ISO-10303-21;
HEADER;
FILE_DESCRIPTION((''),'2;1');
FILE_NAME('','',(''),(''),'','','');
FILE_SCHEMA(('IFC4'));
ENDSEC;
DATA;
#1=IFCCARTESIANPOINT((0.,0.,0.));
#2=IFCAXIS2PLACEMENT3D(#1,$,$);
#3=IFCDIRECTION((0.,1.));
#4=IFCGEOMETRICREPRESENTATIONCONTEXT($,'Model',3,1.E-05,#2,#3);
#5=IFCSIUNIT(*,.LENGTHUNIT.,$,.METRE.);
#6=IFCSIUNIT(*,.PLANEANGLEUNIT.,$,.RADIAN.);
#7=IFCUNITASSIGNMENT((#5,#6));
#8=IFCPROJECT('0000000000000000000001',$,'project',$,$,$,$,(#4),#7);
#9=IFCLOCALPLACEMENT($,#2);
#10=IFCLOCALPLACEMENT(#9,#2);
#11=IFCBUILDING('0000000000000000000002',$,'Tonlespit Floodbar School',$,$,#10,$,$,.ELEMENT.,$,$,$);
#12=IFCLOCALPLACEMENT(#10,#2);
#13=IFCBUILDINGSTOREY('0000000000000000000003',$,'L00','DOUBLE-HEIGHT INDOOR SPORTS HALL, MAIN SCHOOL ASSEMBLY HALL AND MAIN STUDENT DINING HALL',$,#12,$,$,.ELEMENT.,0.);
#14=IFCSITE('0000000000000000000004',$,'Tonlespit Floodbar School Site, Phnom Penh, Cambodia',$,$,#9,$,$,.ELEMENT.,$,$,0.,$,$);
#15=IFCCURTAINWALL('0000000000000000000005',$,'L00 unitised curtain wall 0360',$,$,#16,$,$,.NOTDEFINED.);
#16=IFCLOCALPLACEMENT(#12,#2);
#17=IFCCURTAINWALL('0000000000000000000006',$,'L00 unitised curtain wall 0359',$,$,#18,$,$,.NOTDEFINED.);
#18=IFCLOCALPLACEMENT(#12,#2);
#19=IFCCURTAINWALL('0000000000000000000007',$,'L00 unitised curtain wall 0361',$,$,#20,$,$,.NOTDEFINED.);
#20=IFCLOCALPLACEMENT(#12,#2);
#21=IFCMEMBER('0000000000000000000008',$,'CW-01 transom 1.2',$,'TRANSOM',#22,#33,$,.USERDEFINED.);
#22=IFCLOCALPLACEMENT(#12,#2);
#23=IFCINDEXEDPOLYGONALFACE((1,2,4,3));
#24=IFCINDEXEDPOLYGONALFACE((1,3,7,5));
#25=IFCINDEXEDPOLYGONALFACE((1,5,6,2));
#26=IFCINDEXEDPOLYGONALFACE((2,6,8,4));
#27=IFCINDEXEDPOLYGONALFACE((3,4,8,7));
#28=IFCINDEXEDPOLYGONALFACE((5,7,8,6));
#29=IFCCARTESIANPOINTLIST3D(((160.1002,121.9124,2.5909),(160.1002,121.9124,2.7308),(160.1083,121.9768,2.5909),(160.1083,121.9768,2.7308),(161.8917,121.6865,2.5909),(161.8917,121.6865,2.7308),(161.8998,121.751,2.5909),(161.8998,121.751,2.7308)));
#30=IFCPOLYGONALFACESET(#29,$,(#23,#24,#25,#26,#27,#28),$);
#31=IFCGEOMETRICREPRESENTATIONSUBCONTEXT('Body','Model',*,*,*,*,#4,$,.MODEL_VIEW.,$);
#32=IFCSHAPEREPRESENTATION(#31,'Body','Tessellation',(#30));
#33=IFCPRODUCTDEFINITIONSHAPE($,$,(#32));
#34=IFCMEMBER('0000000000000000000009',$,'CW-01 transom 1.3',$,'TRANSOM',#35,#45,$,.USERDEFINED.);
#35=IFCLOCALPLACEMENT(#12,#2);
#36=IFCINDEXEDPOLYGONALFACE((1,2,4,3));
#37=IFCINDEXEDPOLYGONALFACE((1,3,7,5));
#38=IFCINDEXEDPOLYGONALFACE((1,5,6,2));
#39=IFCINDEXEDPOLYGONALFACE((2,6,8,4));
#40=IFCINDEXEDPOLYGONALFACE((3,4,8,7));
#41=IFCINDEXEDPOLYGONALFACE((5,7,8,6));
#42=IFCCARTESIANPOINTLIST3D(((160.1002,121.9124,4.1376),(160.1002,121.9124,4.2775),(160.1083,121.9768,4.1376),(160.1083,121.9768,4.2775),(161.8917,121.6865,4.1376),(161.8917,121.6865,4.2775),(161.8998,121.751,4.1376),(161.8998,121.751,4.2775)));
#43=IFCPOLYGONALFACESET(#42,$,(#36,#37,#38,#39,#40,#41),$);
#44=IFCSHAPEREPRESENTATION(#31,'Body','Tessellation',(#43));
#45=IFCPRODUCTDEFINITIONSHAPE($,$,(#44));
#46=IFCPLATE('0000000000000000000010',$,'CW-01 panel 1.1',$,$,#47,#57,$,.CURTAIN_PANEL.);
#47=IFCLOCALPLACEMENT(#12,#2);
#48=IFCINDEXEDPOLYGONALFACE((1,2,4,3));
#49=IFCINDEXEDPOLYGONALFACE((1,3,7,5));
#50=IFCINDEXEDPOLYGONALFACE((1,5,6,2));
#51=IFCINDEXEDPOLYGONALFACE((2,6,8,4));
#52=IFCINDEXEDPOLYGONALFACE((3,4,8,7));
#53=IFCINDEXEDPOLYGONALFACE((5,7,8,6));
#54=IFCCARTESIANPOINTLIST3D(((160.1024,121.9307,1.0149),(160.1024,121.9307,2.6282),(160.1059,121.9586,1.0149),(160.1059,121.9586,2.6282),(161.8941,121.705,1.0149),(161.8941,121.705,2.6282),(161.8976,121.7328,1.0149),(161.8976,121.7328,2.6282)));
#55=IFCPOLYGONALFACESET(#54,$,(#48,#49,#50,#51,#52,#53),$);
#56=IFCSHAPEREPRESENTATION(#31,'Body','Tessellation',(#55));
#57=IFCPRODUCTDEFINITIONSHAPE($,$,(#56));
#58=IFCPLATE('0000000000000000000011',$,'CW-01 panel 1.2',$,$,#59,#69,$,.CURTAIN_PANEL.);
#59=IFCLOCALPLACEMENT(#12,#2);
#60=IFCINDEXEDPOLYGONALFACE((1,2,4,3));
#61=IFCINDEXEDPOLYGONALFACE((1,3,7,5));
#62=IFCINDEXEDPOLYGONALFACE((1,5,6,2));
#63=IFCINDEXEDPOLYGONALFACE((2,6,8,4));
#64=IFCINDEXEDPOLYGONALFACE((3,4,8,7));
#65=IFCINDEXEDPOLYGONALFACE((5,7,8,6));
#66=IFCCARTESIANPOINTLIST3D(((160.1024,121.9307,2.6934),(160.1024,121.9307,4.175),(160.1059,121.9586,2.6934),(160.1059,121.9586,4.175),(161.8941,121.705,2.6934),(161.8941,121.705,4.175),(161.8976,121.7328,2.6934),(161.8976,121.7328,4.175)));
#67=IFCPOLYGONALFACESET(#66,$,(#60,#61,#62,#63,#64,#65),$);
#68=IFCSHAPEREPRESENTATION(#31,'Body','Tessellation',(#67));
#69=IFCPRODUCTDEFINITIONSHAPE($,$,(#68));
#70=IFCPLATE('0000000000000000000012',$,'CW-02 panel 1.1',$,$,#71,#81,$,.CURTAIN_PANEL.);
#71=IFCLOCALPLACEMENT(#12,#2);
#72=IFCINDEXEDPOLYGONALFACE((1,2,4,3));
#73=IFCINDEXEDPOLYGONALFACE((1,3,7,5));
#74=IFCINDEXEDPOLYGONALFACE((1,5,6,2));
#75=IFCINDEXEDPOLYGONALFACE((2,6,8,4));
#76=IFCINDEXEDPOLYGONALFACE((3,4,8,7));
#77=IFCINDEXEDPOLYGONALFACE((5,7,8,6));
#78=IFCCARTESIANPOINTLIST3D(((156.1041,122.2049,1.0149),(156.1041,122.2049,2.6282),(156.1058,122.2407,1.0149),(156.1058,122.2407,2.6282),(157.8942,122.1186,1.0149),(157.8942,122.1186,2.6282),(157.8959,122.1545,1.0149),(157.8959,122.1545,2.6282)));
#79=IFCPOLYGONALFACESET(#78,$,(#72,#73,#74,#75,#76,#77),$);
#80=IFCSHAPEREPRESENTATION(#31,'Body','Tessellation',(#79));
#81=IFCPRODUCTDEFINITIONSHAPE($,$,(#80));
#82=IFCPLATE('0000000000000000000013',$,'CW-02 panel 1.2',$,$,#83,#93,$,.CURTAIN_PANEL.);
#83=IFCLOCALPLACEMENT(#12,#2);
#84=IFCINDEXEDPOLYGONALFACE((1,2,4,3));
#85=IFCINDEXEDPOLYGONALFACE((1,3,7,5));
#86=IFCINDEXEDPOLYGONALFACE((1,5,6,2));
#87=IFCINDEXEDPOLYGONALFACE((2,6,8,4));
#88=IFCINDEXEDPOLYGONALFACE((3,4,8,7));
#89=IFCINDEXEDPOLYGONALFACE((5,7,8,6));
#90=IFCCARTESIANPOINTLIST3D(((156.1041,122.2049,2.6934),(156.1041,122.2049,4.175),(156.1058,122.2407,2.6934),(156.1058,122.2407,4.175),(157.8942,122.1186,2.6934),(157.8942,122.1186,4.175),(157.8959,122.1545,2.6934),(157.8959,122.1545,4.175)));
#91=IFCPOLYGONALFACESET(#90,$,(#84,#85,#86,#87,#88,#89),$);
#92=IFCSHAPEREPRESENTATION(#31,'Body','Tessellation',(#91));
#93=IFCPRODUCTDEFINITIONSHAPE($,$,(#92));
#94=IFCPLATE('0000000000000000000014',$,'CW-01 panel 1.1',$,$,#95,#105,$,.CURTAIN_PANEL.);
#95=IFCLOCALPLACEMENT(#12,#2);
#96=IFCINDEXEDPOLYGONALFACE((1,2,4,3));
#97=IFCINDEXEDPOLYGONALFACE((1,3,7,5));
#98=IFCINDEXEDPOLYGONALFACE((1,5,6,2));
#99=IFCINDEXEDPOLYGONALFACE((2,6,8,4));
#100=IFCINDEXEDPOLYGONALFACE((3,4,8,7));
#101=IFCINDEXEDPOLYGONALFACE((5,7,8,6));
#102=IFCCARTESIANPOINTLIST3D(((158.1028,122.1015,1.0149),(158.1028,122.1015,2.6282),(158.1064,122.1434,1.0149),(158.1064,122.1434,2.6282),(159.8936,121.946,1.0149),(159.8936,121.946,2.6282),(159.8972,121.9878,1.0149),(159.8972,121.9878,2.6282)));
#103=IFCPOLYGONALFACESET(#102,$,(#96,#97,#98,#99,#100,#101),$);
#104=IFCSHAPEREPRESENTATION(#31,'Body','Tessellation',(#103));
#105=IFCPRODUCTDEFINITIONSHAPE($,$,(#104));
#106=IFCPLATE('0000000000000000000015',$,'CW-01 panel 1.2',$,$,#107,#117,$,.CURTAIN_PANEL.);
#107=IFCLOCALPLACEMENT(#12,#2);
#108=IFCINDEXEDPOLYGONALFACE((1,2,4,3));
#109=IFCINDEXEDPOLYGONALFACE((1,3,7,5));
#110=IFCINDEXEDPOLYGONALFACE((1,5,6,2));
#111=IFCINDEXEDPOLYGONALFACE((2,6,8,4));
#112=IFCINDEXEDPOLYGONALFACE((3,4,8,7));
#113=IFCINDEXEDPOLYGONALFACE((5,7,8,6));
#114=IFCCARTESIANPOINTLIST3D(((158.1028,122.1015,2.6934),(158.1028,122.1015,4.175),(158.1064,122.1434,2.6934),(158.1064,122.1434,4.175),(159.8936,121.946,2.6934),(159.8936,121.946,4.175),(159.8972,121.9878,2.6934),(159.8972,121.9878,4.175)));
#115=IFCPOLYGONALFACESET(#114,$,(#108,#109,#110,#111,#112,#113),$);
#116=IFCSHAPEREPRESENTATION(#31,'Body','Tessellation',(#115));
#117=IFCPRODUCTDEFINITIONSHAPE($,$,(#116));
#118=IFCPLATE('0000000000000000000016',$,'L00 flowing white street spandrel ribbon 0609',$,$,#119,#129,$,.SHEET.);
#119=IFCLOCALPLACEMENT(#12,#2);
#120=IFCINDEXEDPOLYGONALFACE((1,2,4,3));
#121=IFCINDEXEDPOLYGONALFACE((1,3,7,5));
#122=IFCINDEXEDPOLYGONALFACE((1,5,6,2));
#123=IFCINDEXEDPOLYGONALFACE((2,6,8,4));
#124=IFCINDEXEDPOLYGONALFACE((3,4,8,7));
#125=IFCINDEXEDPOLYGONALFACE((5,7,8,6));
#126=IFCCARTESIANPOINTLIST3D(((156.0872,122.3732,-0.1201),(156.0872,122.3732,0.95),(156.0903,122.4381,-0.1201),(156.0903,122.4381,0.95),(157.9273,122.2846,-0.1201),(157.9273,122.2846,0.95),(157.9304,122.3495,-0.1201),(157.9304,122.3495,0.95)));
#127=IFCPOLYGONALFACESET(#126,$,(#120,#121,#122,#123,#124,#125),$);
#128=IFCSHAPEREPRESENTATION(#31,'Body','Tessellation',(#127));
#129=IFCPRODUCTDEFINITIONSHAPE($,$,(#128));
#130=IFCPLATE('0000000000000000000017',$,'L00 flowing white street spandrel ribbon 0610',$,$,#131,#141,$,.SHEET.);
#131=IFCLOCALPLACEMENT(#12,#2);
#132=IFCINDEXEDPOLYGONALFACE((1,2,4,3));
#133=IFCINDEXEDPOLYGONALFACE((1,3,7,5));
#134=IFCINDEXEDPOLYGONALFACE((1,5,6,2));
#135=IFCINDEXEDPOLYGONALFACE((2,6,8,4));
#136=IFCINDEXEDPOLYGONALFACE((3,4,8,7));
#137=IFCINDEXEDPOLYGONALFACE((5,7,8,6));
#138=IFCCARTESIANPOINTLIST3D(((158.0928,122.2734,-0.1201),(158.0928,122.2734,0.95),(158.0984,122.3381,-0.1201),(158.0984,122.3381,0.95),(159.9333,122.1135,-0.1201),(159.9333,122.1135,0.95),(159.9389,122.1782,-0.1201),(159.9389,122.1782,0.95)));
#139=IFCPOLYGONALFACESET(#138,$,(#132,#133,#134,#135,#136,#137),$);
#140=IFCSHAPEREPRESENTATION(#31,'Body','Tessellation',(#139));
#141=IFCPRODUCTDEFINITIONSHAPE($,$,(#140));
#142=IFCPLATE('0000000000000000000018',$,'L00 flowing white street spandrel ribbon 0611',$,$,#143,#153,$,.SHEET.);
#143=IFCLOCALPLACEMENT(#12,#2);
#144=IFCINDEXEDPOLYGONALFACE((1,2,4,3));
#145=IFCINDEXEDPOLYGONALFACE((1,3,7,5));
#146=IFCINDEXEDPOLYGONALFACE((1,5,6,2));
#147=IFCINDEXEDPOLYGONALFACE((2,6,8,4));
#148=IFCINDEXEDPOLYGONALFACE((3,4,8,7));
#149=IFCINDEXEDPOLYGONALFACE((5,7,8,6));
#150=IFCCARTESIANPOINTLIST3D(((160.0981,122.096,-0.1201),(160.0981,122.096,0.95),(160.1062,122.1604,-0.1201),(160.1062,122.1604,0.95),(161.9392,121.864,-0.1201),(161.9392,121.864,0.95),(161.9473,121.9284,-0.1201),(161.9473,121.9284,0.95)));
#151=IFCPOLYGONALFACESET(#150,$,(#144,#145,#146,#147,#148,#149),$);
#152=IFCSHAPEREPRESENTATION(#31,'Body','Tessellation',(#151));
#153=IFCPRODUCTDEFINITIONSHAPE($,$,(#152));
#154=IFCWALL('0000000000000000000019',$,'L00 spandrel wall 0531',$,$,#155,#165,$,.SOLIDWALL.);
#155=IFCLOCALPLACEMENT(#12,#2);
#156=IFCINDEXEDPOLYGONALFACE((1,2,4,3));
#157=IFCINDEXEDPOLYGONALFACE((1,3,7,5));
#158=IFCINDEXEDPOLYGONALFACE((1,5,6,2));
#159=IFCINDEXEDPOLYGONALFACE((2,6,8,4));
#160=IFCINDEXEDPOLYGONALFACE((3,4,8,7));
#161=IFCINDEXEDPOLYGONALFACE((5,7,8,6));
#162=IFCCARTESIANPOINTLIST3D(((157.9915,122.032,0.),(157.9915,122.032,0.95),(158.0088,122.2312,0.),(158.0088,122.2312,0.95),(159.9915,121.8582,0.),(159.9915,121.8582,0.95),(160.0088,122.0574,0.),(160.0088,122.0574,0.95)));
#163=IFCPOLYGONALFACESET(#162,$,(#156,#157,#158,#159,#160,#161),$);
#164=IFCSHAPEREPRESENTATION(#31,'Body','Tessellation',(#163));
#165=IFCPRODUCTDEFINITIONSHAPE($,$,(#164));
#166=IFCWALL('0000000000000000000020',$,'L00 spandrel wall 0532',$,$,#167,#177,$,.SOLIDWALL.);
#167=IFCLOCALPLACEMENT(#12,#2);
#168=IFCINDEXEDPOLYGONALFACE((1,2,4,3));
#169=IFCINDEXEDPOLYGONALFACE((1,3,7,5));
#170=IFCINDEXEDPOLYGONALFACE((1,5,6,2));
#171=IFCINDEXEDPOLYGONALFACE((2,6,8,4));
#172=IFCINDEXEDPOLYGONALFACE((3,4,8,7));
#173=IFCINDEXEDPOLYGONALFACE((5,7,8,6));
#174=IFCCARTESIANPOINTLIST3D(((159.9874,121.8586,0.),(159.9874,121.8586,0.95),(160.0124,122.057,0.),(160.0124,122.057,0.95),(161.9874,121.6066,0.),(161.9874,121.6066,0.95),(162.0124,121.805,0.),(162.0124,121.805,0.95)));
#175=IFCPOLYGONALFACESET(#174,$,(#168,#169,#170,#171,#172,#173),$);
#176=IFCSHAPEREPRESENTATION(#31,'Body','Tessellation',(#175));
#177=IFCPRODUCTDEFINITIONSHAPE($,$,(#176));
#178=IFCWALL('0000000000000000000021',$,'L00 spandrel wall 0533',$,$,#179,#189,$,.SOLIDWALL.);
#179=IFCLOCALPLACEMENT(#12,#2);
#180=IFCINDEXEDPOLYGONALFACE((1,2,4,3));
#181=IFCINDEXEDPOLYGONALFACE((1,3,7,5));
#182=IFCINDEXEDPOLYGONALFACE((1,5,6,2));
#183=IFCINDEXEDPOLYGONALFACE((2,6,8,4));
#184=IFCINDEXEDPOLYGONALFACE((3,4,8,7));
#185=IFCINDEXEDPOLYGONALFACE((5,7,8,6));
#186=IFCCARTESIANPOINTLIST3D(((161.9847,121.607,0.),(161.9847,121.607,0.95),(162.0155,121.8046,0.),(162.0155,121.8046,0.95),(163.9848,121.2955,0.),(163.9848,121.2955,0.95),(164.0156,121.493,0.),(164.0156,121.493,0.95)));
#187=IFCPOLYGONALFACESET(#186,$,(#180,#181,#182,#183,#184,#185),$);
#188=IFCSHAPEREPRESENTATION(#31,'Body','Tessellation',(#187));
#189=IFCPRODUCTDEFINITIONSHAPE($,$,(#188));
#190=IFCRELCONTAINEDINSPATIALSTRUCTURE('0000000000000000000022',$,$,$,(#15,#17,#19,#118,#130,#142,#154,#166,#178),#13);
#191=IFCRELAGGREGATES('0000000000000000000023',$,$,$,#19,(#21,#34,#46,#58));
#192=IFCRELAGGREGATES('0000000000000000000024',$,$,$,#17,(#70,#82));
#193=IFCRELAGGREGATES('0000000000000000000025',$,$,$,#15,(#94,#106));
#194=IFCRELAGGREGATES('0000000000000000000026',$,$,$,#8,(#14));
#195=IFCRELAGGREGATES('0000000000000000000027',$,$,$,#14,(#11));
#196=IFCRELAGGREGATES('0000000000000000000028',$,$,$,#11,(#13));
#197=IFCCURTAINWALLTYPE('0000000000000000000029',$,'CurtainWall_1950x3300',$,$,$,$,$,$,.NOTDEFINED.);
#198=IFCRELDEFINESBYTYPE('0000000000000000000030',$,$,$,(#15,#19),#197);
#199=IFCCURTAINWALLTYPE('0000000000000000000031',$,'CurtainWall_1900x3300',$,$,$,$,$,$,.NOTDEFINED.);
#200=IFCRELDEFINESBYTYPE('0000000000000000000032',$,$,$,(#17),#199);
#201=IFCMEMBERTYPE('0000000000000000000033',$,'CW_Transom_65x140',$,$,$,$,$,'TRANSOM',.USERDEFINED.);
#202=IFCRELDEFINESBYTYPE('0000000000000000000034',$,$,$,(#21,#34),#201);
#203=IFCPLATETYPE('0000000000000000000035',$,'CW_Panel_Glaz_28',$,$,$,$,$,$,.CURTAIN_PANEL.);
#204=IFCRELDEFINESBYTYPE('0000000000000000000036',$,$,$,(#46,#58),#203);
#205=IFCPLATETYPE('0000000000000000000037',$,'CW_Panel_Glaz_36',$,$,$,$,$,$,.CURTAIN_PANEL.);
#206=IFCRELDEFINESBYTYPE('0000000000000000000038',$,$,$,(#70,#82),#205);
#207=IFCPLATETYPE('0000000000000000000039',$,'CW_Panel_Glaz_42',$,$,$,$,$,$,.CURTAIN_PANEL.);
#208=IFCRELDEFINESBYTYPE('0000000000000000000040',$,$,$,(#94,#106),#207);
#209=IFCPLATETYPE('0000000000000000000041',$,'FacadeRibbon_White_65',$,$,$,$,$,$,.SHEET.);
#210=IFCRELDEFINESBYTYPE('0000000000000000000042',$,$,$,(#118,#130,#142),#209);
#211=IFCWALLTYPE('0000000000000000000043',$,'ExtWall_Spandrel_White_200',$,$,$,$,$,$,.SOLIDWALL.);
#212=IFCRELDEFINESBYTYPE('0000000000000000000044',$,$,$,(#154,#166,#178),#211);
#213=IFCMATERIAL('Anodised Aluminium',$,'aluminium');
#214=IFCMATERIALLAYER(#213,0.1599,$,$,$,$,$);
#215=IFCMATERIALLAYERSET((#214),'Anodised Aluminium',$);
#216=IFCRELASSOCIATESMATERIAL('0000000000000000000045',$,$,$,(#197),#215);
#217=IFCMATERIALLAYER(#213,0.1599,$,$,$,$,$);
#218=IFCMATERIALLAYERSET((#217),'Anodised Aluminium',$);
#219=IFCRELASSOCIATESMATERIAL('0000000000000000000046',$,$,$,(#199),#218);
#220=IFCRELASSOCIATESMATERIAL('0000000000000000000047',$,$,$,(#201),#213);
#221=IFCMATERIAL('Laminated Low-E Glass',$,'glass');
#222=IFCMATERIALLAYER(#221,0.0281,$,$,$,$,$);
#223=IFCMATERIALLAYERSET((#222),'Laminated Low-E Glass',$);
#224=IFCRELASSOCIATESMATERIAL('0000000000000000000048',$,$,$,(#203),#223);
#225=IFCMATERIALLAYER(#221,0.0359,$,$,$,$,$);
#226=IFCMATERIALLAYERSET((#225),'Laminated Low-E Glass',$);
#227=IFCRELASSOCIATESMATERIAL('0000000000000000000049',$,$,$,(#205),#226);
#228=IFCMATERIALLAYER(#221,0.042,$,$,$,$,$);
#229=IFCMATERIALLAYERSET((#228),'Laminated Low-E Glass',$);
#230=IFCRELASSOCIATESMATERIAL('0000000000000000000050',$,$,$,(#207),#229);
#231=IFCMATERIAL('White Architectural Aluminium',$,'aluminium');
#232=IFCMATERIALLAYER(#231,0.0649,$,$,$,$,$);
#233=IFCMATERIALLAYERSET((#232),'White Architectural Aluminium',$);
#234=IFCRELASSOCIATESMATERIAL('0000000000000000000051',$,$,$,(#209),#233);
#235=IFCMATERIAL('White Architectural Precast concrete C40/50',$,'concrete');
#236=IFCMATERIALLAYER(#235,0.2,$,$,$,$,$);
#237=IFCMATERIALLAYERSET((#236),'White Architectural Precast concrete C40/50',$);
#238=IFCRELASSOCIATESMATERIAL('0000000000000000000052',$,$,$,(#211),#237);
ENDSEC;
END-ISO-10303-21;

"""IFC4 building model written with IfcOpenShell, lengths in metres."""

from ifc_helpers import new_model, si_unit, direction, frame, frame_2d, origin, origin_2d, place, context, subcontext, project, spatial, rectangle, extrude, material, layer, layer_set, material_profile, profile_set, type_object, element, aggregate, save


model = new_model("IFC4")

# Units and contexts
model_context = context("Model", 3, precision=1e-05, world=origin(), true_north=direction((0.0, 1.0)))
body_context = subcontext(model_context, "Body", "Model", "MODEL_VIEW")
ifc_project = project(units=[si_unit("LENGTHUNIT", "METRE"), si_unit("PLANEANGLEUNIT", "RADIAN")], contexts=[model_context])

# Site, building, storey
site_placement = place(None, origin())
site = spatial("IfcSite", under=ifc_project, at=site_placement, Name="Tonlespit Floodbar School Site, Phnom Penh, Cambodia", CompositionType="ELEMENT", RefElevation=0.0)
building_placement = place(site_placement, origin())
building = spatial("IfcBuilding", under=site, at=building_placement, Name="Tonlespit Floodbar School", CompositionType="ELEMENT")
storey_placement = place(building_placement, origin())
storey = spatial("IfcBuildingStorey", under=building, at=storey_placement, Name="L00", Description="DOUBLE-HEIGHT INDOOR SPORTS HALL, MAIN SCHOOL ASSEMBLY HALL AND MAIN STUDENT DINING HALL", CompositionType="ELEMENT", Elevation=0.0)

# Curtain wall
ifc_material_1 = material(Name="Anodised Aluminium", Category="aluminium")
ifc_layer_1 = layer(ifc_material_1, 0.1599)
ifc_layer_set_1 = layer_set([ifc_layer_1], Name="Anodised Aluminium")
curtain_wall_type_1 = type_object("IfcCurtainWallType", Name="CurtainWall_1950x3300", PredefinedType="NOTDEFINED", material=ifc_layer_set_1)
curtain_wall_1_placement = place(storey_placement, origin())
curtain_wall_1 = element("IfcCurtainWall", 1, at=curtain_wall_1_placement, inside=storey, type_object=curtain_wall_type_1, Name="L00 unitised curtain wall 0360", PredefinedType="NOTDEFINED")

# Curtain wall
ifc_layer_2 = layer(ifc_material_1, 0.1599)
ifc_layer_set_2 = layer_set([ifc_layer_2], Name="Anodised Aluminium")
curtain_wall_type_2 = type_object("IfcCurtainWallType", Name="CurtainWall_1900x3300", PredefinedType="NOTDEFINED", material=ifc_layer_set_2)
curtain_wall_2_placement = place(storey_placement, origin())
curtain_wall_2 = element("IfcCurtainWall", 2, at=curtain_wall_2_placement, inside=storey, type_object=curtain_wall_type_2, Name="L00 unitised curtain wall 0359", PredefinedType="NOTDEFINED")

# Curtain wall
curtain_wall_3_placement = place(storey_placement, origin())
curtain_wall_3 = element("IfcCurtainWall", 3, at=curtain_wall_3_placement, inside=storey, type_object=curtain_wall_type_1, Name="L00 unitised curtain wall 0361", PredefinedType="NOTDEFINED")

# Members
ifc_material_profile_1 = material_profile(ifc_material_1, rectangle(XDim=0.0649, YDim=0.1399, at=origin_2d()), Name="ALU T65x140")
ifc_profile_set_1 = profile_set([ifc_material_profile_1], Name="Anodised Aluminium")
member_type_1 = type_object("IfcMemberType", Name="CW_Transom_65x140", ElementType="TRANSOM", PredefinedType="USERDEFINED", material=ifc_profile_set_1)
member_1_placement = place(storey_placement, frame((160.1042, 121.9446, 2.6609), z_axis=(0.992148, -0.125066, 0.0), x_axis=(0.125066, 0.992148, 0.0)))
member_1 = element("IfcMember", 4, at=member_1_placement, type_object=member_type_1, Name="CW-01 transom 1.2", ObjectType="TRANSOM", PredefinedType="USERDEFINED", context=body_context, shape_type="SweptSolid", body=[
    extrude(rectangle(XDim=0.0649, YDim=0.1399, at=origin_2d()), origin(), (0.0, 0.0, 1.0), 1.8057),
])
member_2_placement = place(storey_placement, frame((160.1042, 121.9446, 4.2075), z_axis=(0.992148, -0.125066, 0.0), x_axis=(0.125066, 0.992148, 0.0)))
member_2 = element("IfcMember", 5, at=member_2_placement, type_object=member_type_1, Name="CW-01 transom 1.3", ObjectType="TRANSOM", PredefinedType="USERDEFINED", context=body_context, shape_type="SweptSolid", body=[
    extrude(rectangle(XDim=0.0649, YDim=0.1399, at=origin_2d()), origin(), (0.0, 0.0, 1.0), 1.8057),
])

# Plates
ifc_material_2 = material(Name="Laminated Low-E Glass", Category="glass")
ifc_layer_3 = layer(ifc_material_2, 0.0281)
ifc_layer_set_3 = layer_set([ifc_layer_3], Name="Laminated Low-E Glass")
plate_type_1 = type_object("IfcPlateType", Name="CW_Panel_Glaz_28", PredefinedType="CURTAIN_PANEL", material=ifc_layer_set_3)
plate_1_placement = place(storey_placement, frame((161.0, 121.8318, 1.0149), z_axis=(0.0, 0.0, 1.0), x_axis=(0.992155, -0.125014, 0.0)))
plate_1 = element("IfcPlate", 6, at=plate_1_placement, type_object=plate_type_1, Name="CW-01 panel 1.1", PredefinedType="CURTAIN_PANEL", context=body_context, shape_type="SweptSolid", body=[
    extrude(rectangle(XDim=1.8059, YDim=0.0281, at=origin_2d()), origin(), (0.0, 0.0, 1.0), 1.6133),
])
plate_2_placement = place(storey_placement, frame((161.0, 121.8318, 2.6934), z_axis=(0.0, 0.0, 1.0), x_axis=(0.992155, -0.125014, 0.0)))
plate_2 = element("IfcPlate", 7, at=plate_2_placement, type_object=plate_type_1, Name="CW-01 panel 1.2", PredefinedType="CURTAIN_PANEL", context=body_context, shape_type="SweptSolid", body=[
    extrude(rectangle(XDim=1.8059, YDim=0.0281, at=origin_2d()), origin(), (0.0, 0.0, 1.0), 1.4817),
])
aggregate(curtain_wall_3, [member_1, member_2, plate_1, plate_2])
ifc_layer_4 = layer(ifc_material_2, 0.0359)
ifc_layer_set_4 = layer_set([ifc_layer_4], Name="Laminated Low-E Glass")
plate_type_2 = type_object("IfcPlateType", Name="CW_Panel_Glaz_36", PredefinedType="CURTAIN_PANEL", material=ifc_layer_set_4)
plate_3_placement = place(storey_placement, frame((157.0, 122.1797, 1.0149), z_axis=(0.0, 0.0, 1.0), x_axis=(0.998842, -0.048121, 0.0)))
plate_3 = element("IfcPlate", 8, at=plate_3_placement, type_object=plate_type_2, Name="CW-02 panel 1.1", PredefinedType="CURTAIN_PANEL", context=body_context, shape_type="SweptSolid", body=[
    extrude(rectangle(XDim=1.7922, YDim=0.0359, at=origin_2d()), origin(), (0.0, 0.0, 1.0), 1.6133),
])
plate_4_placement = place(storey_placement, frame((157.0, 122.1797, 2.6934), z_axis=(0.0, 0.0, 1.0), x_axis=(0.998842, -0.048121, 0.0)))
plate_4 = element("IfcPlate", 9, at=plate_4_placement, type_object=plate_type_2, Name="CW-02 panel 1.2", PredefinedType="CURTAIN_PANEL", context=body_context, shape_type="SweptSolid", body=[
    extrude(rectangle(XDim=1.7922, YDim=0.0359, at=origin_2d()), origin(), (0.0, 0.0, 1.0), 1.4817),
])
aggregate(curtain_wall_2, [plate_3, plate_4])
ifc_layer_5 = layer(ifc_material_2, 0.042)
ifc_layer_set_5 = layer_set([ifc_layer_5], Name="Laminated Low-E Glass")
plate_type_3 = type_object("IfcPlateType", Name="CW_Panel_Glaz_42", PredefinedType="CURTAIN_PANEL", material=ifc_layer_set_5)
plate_5_placement = place(storey_placement, frame((159.0, 122.0447, 1.0149), z_axis=(0.0, 0.0, 1.0), x_axis=(0.996249, -0.086531, 0.0)))
plate_5 = element("IfcPlate", 10, at=plate_5_placement, type_object=plate_type_3, Name="CW-01 panel 1.1", PredefinedType="CURTAIN_PANEL", context=body_context, shape_type="SweptSolid", body=[
    extrude(rectangle(XDim=1.7976, YDim=0.042, at=origin_2d()), origin(), (0.0, 0.0, 1.0), 1.6133),
])
plate_6_placement = place(storey_placement, frame((159.0, 122.0447, 2.6934), z_axis=(0.0, 0.0, 1.0), x_axis=(0.996249, -0.086531, 0.0)))
plate_6 = element("IfcPlate", 11, at=plate_6_placement, type_object=plate_type_3, Name="CW-01 panel 1.2", PredefinedType="CURTAIN_PANEL", context=body_context, shape_type="SweptSolid", body=[
    extrude(rectangle(XDim=1.7976, YDim=0.042, at=origin_2d()), origin(), (0.0, 0.0, 1.0), 1.4817),
])
aggregate(curtain_wall_1, [plate_5, plate_6])

# Plates
ifc_material_3 = material(Name="White Architectural Aluminium", Category="aluminium")
ifc_layer_6 = layer(ifc_material_3, 0.0649)
ifc_layer_set_6 = layer_set([ifc_layer_6], Name="White Architectural Aluminium")
plate_type_4 = type_object("IfcPlateType", Name="FacadeRibbon_White_65", PredefinedType="SHEET", material=ifc_layer_set_6)
plate_7_placement = place(storey_placement, frame((157.0088, 122.3613, -0.1201), z_axis=(0.0, 0.0, 1.0), x_axis=(0.998843, -0.048095, 0.0)))
element("IfcPlate", 12, at=plate_7_placement, inside=storey, type_object=plate_type_4, Name="L00 flowing white street spandrel ribbon 0609", PredefinedType="SHEET", context=body_context, shape_type="SweptSolid", body=[
    extrude(rectangle(XDim=1.8423, YDim=0.0649, at=origin_2d()), origin(), (0.0, 0.0, 1.0), 1.0701),
])
plate_8_placement = place(storey_placement, frame((159.0159, 122.2258, -0.1201), z_axis=(0.0, 0.0, 1.0), x_axis=(0.996245, -0.086573, 0.0)))
element("IfcPlate", 13, at=plate_8_placement, inside=storey, type_object=plate_type_4, Name="L00 flowing white street spandrel ribbon 0610", PredefinedType="SHEET", context=body_context, shape_type="SweptSolid", body=[
    extrude(rectangle(XDim=1.8474, YDim=0.0649, at=origin_2d()), origin(), (0.0, 0.0, 1.0), 1.0701),
])
plate_9_placement = place(storey_placement, frame((161.0227, 122.0122, -0.1201), z_axis=(0.0, 0.0, 1.0), x_axis=(0.992155, -0.125011, 0.0)))
element("IfcPlate", 14, at=plate_9_placement, inside=storey, type_object=plate_type_4, Name="L00 flowing white street spandrel ribbon 0611", PredefinedType="SHEET", context=body_context, shape_type="SweptSolid", body=[
    extrude(rectangle(XDim=1.8557, YDim=0.0649, at=origin_2d()), origin(), (0.0, 0.0, 1.0), 1.0701),
])

# Walls
ifc_material_4 = material(Name="White Architectural Precast concrete C40/50", Category="concrete")
ifc_layer_7 = layer(ifc_material_4, 0.2)
ifc_layer_set_7 = layer_set([ifc_layer_7], Name="White Architectural Precast concrete C40/50")
wall_type = type_object("IfcWallType", Name="ExtWall_Spandrel_White_200", PredefinedType="SOLIDWALL", material=ifc_layer_set_7)
wall_1_placement = place(storey_placement, frame((158.0, 122.1316, 0.0), z_axis=(0.0, 0.0, 1.0), x_axis=(0.996244, -0.086588, 0.0)))
element("IfcWall", 15, at=wall_1_placement, inside=storey, type_object=wall_type, Name="L00 spandrel wall 0531", PredefinedType="SOLIDWALL", context=body_context, shape_type="SweptSolid", body=[
    extrude(rectangle(XDim=2.0076, YDim=0.2, at=frame_2d((1.0039, 0.0))), origin(), (0.0, 0.0, 1.0), 0.95),
])
wall_2_placement = place(storey_placement, frame((160.0, 121.9578, 0.0), z_axis=(0.0, 0.0, 1.0), x_axis=(0.992158, -0.124989, 0.0)))
element("IfcWall", 16, at=wall_2_placement, inside=storey, type_object=wall_type, Name="L00 spandrel wall 0532", PredefinedType="SOLIDWALL", context=body_context, shape_type="SweptSolid", body=[
    extrude(rectangle(XDim=2.0159, YDim=0.2, at=frame_2d((1.0078, 0.0))), origin(), (0.0, 0.0, 1.0), 0.95),
])
wall_3_placement = place(storey_placement, frame((162.0, 121.7058, 0.0), z_axis=(0.0, 0.0, 1.0), x_axis=(0.988086, -0.153906, 0.0)))
element("IfcWall", 17, at=wall_3_placement, inside=storey, type_object=wall_type, Name="L00 spandrel wall 0533", PredefinedType="SOLIDWALL", context=body_context, shape_type="SweptSolid", body=[
    extrude(rectangle(XDim=2.0242, YDim=0.2, at=frame_2d((1.0122, 0.0))), origin(), (0.0, 0.0, 1.0), 0.95),
])

save(model, "model.ifc")
